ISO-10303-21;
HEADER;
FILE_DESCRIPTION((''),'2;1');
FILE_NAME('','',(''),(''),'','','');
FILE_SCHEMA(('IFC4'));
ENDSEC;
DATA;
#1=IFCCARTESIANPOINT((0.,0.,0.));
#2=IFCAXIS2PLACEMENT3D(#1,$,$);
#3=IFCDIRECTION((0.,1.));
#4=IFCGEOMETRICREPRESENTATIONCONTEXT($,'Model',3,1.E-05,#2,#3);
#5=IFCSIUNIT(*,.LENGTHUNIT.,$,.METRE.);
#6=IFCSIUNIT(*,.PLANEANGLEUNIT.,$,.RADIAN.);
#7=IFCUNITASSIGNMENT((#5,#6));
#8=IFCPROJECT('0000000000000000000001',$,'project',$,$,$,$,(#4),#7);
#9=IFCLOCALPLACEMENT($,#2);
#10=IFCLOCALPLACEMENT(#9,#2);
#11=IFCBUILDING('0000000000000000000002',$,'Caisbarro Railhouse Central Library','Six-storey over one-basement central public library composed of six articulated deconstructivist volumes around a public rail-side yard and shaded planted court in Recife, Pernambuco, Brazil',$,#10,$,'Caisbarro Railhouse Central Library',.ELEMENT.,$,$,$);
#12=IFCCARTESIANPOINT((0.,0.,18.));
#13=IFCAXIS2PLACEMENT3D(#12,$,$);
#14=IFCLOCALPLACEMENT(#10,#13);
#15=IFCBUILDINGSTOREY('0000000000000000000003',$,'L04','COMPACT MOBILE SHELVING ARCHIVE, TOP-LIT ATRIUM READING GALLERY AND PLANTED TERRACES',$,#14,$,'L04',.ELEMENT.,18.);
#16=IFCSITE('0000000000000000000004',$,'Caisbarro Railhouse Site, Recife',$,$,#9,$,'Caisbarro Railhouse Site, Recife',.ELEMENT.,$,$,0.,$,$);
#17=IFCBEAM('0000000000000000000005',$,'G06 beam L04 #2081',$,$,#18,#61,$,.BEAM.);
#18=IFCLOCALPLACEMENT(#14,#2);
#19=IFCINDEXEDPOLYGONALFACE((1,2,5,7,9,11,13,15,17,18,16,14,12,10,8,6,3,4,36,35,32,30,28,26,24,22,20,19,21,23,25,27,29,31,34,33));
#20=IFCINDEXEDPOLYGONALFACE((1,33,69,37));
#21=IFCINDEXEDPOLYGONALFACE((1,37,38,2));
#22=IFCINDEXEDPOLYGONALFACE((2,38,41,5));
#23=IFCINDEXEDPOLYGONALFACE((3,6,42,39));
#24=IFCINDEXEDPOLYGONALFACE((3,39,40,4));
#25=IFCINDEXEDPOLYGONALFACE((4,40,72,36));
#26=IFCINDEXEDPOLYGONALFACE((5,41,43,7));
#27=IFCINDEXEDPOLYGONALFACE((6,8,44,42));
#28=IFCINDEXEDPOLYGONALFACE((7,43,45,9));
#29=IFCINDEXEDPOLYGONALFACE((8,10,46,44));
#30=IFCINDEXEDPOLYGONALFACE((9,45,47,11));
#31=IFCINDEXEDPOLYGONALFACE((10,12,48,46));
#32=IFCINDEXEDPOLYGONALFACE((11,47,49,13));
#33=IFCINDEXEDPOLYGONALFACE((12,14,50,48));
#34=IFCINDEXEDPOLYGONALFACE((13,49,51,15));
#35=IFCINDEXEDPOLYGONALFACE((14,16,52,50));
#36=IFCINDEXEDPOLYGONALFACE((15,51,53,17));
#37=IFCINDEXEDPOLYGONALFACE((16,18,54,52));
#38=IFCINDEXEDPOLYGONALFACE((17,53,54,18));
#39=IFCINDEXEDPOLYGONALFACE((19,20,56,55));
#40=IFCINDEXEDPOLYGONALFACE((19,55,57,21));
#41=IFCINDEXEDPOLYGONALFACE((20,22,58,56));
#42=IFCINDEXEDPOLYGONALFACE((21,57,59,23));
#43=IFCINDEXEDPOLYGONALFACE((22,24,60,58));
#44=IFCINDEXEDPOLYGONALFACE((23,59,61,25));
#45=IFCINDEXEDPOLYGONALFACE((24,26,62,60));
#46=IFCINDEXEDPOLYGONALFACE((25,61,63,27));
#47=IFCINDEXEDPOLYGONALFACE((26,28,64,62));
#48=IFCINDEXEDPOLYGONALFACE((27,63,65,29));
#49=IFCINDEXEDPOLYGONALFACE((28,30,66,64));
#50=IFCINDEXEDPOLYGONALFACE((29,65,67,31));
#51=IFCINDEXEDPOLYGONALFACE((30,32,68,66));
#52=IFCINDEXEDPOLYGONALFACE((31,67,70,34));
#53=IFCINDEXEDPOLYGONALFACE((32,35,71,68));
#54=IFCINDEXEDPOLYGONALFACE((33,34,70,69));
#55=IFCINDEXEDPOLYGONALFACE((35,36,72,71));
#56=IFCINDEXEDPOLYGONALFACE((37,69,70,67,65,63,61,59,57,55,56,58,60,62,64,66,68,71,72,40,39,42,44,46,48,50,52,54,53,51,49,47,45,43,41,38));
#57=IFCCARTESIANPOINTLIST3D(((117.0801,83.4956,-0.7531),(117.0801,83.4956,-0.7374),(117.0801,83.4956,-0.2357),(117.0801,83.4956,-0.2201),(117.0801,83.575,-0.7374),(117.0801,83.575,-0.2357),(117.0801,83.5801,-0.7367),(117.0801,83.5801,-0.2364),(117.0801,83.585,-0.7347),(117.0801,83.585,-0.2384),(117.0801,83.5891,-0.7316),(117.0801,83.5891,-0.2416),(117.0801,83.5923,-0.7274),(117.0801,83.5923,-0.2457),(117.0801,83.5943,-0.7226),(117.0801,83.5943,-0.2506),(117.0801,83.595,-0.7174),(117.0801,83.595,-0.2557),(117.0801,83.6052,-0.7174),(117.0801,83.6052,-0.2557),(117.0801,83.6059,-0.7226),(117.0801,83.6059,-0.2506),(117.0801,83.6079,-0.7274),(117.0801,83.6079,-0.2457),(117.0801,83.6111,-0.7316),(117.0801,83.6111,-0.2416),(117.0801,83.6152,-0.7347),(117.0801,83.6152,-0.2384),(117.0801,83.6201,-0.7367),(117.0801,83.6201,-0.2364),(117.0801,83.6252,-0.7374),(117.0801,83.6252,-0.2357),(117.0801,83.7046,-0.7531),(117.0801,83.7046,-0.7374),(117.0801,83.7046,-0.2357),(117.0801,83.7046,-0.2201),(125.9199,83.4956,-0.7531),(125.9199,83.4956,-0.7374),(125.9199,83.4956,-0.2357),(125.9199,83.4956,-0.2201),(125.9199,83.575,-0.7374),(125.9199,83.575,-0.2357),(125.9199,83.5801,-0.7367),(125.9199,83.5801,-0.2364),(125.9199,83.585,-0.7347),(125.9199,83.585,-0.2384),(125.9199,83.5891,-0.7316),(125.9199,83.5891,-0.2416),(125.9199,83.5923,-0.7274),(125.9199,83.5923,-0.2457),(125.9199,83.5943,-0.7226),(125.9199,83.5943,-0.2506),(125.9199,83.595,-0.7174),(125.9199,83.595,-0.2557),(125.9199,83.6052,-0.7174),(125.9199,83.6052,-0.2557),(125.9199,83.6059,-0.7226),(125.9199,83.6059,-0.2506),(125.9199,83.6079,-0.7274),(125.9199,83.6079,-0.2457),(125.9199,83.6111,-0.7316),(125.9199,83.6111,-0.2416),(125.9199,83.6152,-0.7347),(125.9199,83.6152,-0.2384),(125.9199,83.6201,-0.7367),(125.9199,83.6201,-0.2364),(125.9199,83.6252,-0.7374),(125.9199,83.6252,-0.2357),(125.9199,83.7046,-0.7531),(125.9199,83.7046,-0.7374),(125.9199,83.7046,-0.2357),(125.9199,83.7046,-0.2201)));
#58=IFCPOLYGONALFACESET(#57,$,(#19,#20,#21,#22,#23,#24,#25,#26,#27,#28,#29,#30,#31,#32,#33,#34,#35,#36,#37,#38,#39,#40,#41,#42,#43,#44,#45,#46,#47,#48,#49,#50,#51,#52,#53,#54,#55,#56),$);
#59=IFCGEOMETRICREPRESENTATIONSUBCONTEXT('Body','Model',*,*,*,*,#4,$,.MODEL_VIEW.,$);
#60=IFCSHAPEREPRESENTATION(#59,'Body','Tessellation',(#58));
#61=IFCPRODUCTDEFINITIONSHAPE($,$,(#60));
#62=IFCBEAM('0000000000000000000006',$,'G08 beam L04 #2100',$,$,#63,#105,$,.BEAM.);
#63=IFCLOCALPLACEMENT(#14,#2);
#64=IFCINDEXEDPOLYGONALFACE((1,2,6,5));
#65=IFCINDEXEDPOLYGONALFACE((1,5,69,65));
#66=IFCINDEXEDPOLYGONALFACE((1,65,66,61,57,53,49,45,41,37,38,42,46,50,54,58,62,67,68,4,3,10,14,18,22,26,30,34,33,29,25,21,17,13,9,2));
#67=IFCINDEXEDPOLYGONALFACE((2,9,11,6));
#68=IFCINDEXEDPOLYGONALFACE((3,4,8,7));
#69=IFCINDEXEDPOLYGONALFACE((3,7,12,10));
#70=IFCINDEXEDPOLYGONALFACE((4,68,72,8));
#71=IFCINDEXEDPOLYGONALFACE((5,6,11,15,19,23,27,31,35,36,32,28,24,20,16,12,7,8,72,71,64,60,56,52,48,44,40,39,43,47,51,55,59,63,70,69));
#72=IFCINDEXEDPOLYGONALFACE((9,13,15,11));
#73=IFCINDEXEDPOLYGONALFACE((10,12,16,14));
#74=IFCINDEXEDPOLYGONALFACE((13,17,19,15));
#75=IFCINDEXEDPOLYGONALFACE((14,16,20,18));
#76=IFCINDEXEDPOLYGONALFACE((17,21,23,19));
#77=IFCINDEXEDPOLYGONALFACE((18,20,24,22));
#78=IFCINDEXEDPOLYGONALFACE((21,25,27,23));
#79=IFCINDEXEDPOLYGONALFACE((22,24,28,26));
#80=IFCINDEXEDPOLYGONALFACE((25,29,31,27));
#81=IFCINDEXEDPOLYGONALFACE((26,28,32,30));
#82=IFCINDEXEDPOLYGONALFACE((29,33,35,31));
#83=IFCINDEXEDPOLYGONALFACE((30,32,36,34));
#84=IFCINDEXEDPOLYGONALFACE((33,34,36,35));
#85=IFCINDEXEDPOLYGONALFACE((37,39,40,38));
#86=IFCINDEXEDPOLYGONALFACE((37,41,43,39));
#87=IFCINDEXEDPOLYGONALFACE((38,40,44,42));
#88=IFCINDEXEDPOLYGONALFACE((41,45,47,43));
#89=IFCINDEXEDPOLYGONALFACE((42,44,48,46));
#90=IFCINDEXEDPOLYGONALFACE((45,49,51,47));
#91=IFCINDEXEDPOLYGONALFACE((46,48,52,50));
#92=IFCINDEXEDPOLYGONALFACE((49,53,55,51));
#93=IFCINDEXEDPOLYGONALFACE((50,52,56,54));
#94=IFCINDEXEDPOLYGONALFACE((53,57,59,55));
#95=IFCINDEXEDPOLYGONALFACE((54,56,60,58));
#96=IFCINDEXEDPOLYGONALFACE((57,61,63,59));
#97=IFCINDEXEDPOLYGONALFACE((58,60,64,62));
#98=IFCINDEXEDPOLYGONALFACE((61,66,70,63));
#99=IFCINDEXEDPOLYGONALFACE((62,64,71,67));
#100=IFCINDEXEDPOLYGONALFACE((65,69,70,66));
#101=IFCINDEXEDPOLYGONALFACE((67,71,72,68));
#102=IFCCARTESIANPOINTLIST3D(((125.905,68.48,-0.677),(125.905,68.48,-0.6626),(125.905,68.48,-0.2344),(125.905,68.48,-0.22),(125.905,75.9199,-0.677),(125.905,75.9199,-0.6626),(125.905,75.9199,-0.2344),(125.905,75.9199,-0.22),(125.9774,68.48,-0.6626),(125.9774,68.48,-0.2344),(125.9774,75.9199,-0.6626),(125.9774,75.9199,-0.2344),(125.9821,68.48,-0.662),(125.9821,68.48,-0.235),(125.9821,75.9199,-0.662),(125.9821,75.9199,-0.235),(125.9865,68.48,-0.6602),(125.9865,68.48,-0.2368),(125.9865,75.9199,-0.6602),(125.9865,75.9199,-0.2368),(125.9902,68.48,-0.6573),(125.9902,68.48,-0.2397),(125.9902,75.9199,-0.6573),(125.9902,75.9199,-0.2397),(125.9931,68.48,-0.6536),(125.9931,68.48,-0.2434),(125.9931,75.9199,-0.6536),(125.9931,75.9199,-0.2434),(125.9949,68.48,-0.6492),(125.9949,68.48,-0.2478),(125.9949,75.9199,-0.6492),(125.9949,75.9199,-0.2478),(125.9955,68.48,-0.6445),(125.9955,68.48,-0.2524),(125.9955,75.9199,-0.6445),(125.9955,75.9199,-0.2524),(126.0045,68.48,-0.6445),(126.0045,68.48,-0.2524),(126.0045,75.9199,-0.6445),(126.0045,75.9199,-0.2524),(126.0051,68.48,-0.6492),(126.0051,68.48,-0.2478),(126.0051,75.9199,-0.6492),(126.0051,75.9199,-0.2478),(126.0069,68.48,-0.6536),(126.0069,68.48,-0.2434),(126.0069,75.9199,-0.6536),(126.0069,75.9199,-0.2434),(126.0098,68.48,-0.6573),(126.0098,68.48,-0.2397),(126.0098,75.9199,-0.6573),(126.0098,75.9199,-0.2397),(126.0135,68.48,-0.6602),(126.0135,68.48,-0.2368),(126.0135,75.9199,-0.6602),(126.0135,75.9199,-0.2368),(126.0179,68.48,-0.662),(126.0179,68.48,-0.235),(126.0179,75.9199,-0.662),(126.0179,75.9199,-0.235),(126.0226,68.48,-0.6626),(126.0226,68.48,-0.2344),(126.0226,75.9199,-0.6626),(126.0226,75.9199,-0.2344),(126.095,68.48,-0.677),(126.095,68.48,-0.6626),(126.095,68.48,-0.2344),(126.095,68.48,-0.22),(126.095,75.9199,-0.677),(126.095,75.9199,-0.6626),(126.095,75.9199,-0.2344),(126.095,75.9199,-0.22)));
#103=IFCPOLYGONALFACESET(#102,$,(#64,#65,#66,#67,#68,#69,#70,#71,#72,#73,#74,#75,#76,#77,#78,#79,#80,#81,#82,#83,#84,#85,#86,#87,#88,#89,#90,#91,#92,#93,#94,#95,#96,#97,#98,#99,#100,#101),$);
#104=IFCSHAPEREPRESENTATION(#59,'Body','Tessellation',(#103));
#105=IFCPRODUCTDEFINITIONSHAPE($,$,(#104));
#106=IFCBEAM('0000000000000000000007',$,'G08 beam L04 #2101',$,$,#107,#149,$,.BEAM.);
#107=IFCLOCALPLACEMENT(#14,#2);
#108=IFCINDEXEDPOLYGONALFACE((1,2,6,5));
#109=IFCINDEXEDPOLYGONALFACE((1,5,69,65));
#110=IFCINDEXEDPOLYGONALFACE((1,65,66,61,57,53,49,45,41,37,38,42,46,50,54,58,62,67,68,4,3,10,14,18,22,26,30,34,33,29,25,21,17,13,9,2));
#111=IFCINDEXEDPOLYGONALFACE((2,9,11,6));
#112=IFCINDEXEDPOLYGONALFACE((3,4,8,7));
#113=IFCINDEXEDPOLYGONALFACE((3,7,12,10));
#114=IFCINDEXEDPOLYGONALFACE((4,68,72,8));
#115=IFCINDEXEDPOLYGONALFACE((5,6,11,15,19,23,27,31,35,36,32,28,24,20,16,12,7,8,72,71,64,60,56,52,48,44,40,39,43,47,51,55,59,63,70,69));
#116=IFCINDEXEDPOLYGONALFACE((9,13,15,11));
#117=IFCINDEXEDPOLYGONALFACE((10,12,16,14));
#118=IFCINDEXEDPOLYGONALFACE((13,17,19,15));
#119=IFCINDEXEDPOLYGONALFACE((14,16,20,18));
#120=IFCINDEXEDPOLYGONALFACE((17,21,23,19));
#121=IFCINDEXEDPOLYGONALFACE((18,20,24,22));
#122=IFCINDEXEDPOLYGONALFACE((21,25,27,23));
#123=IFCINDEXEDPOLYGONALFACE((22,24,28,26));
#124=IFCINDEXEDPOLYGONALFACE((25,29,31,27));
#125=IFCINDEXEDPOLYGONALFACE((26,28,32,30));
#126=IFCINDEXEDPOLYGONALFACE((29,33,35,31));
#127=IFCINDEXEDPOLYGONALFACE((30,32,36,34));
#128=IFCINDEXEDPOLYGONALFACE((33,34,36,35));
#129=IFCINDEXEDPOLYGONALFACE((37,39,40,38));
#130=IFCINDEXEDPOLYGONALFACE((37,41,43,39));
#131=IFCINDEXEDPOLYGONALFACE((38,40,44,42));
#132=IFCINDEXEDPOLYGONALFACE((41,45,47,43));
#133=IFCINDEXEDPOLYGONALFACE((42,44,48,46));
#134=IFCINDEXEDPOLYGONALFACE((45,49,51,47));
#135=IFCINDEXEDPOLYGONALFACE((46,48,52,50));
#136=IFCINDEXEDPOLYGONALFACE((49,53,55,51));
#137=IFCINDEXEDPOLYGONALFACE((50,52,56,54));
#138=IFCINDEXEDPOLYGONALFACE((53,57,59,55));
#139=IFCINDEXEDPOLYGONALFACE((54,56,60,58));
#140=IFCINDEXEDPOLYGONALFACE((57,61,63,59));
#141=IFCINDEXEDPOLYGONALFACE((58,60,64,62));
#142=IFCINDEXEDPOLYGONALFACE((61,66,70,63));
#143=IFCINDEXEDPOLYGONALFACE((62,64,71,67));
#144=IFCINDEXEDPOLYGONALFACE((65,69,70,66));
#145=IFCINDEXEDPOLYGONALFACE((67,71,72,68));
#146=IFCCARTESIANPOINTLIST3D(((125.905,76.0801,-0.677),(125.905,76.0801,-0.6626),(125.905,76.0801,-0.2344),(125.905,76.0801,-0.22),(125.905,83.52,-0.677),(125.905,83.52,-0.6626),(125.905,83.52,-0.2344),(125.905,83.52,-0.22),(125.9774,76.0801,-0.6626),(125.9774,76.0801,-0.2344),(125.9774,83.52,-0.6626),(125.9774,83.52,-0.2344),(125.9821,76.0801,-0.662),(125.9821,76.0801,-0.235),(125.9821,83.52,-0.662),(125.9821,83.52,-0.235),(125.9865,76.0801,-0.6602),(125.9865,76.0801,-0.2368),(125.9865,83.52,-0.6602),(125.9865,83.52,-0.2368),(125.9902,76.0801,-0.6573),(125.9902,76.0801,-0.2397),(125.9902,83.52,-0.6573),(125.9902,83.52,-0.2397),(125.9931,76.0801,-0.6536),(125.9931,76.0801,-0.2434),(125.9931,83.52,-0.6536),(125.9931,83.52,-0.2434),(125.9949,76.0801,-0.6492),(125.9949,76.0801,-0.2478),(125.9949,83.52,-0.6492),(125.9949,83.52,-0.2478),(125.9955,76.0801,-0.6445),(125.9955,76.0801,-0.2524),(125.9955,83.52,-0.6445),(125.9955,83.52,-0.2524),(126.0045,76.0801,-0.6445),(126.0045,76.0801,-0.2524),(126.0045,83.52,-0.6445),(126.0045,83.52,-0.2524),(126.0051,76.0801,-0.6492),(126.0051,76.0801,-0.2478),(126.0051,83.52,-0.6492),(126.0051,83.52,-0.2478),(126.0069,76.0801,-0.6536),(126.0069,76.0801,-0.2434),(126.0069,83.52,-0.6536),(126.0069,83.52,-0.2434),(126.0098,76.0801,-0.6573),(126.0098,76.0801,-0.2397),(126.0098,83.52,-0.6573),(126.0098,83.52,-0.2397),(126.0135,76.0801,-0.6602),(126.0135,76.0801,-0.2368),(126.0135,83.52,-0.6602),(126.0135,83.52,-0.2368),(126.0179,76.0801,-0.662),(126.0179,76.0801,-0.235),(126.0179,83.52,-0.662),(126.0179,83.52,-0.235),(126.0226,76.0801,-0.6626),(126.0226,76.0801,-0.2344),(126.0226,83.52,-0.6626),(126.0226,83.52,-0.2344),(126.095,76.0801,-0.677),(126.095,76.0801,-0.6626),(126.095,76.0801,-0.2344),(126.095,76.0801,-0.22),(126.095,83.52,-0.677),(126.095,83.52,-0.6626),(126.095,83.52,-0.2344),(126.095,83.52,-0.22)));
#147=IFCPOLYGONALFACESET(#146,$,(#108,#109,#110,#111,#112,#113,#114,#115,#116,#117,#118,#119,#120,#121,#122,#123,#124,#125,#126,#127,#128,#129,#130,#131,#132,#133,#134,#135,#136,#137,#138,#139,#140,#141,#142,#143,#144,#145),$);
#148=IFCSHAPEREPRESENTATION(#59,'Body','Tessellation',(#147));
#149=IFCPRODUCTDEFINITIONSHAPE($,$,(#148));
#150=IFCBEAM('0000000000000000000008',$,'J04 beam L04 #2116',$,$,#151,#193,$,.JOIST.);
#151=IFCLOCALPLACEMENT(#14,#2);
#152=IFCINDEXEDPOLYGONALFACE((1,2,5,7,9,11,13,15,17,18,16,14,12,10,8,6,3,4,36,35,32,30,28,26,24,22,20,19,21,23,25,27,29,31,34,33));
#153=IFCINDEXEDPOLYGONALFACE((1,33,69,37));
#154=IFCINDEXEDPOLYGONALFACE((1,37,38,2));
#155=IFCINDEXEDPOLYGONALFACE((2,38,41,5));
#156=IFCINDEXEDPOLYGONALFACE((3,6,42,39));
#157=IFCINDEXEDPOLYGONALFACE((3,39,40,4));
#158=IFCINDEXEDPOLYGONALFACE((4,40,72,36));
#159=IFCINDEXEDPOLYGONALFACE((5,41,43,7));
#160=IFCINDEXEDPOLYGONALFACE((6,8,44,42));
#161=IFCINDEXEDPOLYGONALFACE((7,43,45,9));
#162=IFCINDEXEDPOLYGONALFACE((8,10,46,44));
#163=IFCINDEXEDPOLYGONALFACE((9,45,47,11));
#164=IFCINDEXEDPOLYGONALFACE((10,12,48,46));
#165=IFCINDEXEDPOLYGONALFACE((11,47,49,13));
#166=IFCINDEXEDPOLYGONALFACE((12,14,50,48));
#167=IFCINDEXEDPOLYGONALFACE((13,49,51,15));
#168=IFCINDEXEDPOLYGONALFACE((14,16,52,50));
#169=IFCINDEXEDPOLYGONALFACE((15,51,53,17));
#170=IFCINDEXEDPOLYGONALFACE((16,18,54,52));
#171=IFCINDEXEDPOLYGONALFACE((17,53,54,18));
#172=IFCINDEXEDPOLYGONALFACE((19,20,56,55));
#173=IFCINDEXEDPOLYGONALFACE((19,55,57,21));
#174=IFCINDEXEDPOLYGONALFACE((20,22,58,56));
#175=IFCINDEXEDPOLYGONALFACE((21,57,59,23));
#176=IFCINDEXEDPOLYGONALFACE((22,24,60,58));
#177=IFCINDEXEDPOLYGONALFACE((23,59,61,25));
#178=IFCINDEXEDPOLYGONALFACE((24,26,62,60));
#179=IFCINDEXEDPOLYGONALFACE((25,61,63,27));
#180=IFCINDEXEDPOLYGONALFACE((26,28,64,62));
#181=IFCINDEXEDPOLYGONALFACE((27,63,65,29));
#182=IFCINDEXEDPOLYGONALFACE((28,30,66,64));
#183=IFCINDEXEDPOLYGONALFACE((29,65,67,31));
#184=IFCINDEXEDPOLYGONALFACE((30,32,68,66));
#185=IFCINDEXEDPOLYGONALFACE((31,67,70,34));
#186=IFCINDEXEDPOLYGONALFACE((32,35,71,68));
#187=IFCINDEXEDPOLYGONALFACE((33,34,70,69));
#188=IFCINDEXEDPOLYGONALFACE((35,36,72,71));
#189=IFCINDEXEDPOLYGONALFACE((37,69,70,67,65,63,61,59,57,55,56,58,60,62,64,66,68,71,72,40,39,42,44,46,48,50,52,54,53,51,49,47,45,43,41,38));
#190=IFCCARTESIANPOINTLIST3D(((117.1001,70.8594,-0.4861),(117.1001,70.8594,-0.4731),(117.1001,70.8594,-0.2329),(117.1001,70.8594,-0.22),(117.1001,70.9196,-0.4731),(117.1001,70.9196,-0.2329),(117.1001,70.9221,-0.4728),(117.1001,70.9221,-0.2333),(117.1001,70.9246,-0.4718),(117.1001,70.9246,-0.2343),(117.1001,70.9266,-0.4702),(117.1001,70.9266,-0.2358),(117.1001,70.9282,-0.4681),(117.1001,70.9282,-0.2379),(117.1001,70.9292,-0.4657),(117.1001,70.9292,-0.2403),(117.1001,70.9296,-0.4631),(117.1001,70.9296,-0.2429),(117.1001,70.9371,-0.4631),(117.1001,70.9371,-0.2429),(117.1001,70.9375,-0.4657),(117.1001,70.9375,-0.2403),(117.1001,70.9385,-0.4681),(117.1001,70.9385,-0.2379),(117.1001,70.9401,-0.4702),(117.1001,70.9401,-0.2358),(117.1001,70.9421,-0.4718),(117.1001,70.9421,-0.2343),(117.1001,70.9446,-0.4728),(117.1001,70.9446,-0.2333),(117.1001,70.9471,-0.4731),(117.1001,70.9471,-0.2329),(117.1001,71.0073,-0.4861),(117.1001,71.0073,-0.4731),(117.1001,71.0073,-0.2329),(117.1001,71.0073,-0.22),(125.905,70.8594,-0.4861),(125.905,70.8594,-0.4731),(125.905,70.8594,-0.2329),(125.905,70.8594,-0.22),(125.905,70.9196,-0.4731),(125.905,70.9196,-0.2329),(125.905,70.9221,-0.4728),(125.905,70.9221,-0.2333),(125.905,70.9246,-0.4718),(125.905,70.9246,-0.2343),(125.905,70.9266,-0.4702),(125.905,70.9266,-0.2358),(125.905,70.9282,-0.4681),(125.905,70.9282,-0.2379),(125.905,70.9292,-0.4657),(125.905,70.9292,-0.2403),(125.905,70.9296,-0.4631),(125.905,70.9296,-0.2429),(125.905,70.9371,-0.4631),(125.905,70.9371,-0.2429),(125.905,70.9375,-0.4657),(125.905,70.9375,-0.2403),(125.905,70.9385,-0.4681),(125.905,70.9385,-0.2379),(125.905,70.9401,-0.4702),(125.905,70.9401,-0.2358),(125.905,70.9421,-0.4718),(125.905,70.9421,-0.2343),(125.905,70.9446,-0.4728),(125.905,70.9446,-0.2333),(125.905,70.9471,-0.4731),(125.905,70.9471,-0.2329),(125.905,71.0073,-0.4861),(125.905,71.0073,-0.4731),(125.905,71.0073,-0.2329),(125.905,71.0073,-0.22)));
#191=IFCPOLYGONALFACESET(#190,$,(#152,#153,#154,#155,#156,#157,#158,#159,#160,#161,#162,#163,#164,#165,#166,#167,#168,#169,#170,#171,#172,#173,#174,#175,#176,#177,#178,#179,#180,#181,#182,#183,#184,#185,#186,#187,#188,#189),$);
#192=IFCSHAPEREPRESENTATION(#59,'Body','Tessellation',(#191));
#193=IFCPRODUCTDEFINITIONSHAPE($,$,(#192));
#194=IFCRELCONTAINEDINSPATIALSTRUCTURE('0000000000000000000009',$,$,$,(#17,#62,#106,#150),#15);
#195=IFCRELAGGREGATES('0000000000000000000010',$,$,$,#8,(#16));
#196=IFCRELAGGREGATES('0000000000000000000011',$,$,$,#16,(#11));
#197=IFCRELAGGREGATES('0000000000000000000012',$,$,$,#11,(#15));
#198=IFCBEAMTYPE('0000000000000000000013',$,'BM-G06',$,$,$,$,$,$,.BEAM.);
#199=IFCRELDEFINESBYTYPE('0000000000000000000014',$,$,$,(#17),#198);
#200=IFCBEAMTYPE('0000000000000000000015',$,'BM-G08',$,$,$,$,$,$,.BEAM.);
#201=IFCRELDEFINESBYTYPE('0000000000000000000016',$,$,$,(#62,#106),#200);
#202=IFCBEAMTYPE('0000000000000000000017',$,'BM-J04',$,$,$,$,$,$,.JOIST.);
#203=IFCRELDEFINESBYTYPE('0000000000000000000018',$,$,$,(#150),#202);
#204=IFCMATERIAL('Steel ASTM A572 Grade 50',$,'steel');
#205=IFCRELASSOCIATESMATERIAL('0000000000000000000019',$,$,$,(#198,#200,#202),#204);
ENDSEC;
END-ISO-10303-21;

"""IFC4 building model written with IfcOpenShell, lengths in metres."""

from ifc_helpers import new_model, si_unit, direction, frame, origin, origin_2d, place, context, subcontext, project, spatial, i_section, extrude, material, material_profile, profile_set, type_object, element, save


model = new_model("IFC4")

# Units and contexts
model_context = context("Model", 3, precision=1e-05, world=origin(), true_north=direction((0.0, 1.0)))
body_context = subcontext(model_context, "Body", "Model", "MODEL_VIEW")
ifc_project = project(units=[si_unit("LENGTHUNIT", "METRE"), si_unit("PLANEANGLEUNIT", "RADIAN")], contexts=[model_context])

# Site, building, storey
site_placement = place(None, origin())
site = spatial("IfcSite", under=ifc_project, at=site_placement, Name="Caisbarro Railhouse Site, Recife", LongName="Caisbarro Railhouse Site, Recife", CompositionType="ELEMENT", RefElevation=0.0)
building_placement = place(site_placement, origin())
building = spatial("IfcBuilding", under=site, at=building_placement, Name="Caisbarro Railhouse Central Library", Description="Six-storey over one-basement central public library composed of six articulated deconstructivist volumes around a public rail-side yard and shaded planted court in Recife, Pernambuco, Brazil", LongName="Caisbarro Railhouse Central Library", CompositionType="ELEMENT")
storey_placement = place(building_placement, frame((0.0, 0.0, 18.0)))
storey = spatial("IfcBuildingStorey", under=building, at=storey_placement, Name="L04", Description="COMPACT MOBILE SHELVING ARCHIVE, TOP-LIT ATRIUM READING GALLERY AND PLANTED TERRACES", LongName="L04", CompositionType="ELEMENT", Elevation=18.0)

# Shared definitions
ifc_material_1 = material(Name="Steel ASTM A572 Grade 50", Category="steel")

# Beams
ifc_material_profile_1 = material_profile(ifc_material_1, i_section(OverallWidth=0.209, OverallDepth=0.533, WebThickness=0.0103, FlangeThickness=0.0156, FilletRadius=0.02, at=origin_2d()), Name="W530X92.0")
ifc_profile_set_1 = profile_set([ifc_material_profile_1], Name="Steel ASTM A572 Grade 50")
beam_type_1 = type_object("IfcBeamType", Name="BM-G06", PredefinedType="BEAM", material=ifc_profile_set_1)
for number, where, z_axis, x_axis, name in (
    (1, (117.0801, 83.6001, -0.4866), (1.0, 0.0, 0.0), (0.0, 1.0, 0.0), "G06 beam L04 #2081"),
):
    element("IfcBeam", number, at=place(storey_placement, frame(where, z_axis=z_axis, x_axis=x_axis)), inside=storey, type_object=beam_type_1, Name=name, PredefinedType="BEAM", context=body_context, shape_type="SweptSolid", body=[
        extrude(i_section(OverallWidth=0.209, OverallDepth=0.533, WebThickness=0.0103, FlangeThickness=0.0156, FilletRadius=0.02, at=origin_2d()), origin(), (0.0, 0.0, 1.0), 8.8398),
    ])
ifc_material_profile_2 = material_profile(ifc_material_1, i_section(OverallWidth=0.1899, OverallDepth=0.457, WebThickness=0.009, FlangeThickness=0.0144, FilletRadius=0.0181, at=origin_2d()), Name="W460X74.0")
ifc_profile_set_2 = profile_set([ifc_material_profile_2], Name="Steel ASTM A572 Grade 50")
beam_type_2 = type_object("IfcBeamType", Name="BM-G08", PredefinedType="BEAM", material=ifc_profile_set_2)
for number, where, z_axis, x_axis, name in (
    (2, (126.0, 68.48, -0.4485), (0.0, 1.0, 0.0), (-1.0, 0.0, 0.0), "G08 beam L04 #2100"),
    (3, (126.0, 76.0801, -0.4485), (0.0, 1.0, 0.0), (-1.0, 0.0, 0.0), "G08 beam L04 #2101"),
):
    element("IfcBeam", number, at=place(storey_placement, frame(where, z_axis=z_axis, x_axis=x_axis)), inside=storey, type_object=beam_type_2, Name=name, PredefinedType="BEAM", context=body_context, shape_type="SweptSolid", body=[
        extrude(i_section(OverallWidth=0.1899, OverallDepth=0.457, WebThickness=0.009, FlangeThickness=0.0144, FilletRadius=0.0181, at=origin_2d()), origin(), (0.0, 0.0, 1.0), 7.4399),
    ])
ifc_material_profile_3 = material_profile(ifc_material_1, i_section(OverallWidth=0.1479, OverallDepth=0.2661, WebThickness=0.0076, FlangeThickness=0.0129, FilletRadius=0.01, at=origin_2d()), Name="W250X44.8")
ifc_profile_set_3 = profile_set([ifc_material_profile_3], Name="Steel ASTM A572 Grade 50")
beam_type_3 = type_object("IfcBeamType", Name="BM-J04", PredefinedType="JOIST", material=ifc_profile_set_3)
for number, where, z_axis, x_axis, name in (
    (4, (117.1001, 70.9333, -0.353), (1.0, 0.0, 0.0), (0.0, 1.0, 0.0), "J04 beam L04 #2116"),
):
    element("IfcBeam", number, at=place(storey_placement, frame(where, z_axis=z_axis, x_axis=x_axis)), inside=storey, type_object=beam_type_3, Name=name, PredefinedType="JOIST", context=body_context, shape_type="SweptSolid", body=[
        extrude(i_section(OverallWidth=0.1479, OverallDepth=0.2661, WebThickness=0.0076, FlangeThickness=0.0129, FilletRadius=0.01, at=origin_2d()), origin(), (0.0, 0.0, 1.0), 8.8049),
    ])

save(model, "model.ifc")
